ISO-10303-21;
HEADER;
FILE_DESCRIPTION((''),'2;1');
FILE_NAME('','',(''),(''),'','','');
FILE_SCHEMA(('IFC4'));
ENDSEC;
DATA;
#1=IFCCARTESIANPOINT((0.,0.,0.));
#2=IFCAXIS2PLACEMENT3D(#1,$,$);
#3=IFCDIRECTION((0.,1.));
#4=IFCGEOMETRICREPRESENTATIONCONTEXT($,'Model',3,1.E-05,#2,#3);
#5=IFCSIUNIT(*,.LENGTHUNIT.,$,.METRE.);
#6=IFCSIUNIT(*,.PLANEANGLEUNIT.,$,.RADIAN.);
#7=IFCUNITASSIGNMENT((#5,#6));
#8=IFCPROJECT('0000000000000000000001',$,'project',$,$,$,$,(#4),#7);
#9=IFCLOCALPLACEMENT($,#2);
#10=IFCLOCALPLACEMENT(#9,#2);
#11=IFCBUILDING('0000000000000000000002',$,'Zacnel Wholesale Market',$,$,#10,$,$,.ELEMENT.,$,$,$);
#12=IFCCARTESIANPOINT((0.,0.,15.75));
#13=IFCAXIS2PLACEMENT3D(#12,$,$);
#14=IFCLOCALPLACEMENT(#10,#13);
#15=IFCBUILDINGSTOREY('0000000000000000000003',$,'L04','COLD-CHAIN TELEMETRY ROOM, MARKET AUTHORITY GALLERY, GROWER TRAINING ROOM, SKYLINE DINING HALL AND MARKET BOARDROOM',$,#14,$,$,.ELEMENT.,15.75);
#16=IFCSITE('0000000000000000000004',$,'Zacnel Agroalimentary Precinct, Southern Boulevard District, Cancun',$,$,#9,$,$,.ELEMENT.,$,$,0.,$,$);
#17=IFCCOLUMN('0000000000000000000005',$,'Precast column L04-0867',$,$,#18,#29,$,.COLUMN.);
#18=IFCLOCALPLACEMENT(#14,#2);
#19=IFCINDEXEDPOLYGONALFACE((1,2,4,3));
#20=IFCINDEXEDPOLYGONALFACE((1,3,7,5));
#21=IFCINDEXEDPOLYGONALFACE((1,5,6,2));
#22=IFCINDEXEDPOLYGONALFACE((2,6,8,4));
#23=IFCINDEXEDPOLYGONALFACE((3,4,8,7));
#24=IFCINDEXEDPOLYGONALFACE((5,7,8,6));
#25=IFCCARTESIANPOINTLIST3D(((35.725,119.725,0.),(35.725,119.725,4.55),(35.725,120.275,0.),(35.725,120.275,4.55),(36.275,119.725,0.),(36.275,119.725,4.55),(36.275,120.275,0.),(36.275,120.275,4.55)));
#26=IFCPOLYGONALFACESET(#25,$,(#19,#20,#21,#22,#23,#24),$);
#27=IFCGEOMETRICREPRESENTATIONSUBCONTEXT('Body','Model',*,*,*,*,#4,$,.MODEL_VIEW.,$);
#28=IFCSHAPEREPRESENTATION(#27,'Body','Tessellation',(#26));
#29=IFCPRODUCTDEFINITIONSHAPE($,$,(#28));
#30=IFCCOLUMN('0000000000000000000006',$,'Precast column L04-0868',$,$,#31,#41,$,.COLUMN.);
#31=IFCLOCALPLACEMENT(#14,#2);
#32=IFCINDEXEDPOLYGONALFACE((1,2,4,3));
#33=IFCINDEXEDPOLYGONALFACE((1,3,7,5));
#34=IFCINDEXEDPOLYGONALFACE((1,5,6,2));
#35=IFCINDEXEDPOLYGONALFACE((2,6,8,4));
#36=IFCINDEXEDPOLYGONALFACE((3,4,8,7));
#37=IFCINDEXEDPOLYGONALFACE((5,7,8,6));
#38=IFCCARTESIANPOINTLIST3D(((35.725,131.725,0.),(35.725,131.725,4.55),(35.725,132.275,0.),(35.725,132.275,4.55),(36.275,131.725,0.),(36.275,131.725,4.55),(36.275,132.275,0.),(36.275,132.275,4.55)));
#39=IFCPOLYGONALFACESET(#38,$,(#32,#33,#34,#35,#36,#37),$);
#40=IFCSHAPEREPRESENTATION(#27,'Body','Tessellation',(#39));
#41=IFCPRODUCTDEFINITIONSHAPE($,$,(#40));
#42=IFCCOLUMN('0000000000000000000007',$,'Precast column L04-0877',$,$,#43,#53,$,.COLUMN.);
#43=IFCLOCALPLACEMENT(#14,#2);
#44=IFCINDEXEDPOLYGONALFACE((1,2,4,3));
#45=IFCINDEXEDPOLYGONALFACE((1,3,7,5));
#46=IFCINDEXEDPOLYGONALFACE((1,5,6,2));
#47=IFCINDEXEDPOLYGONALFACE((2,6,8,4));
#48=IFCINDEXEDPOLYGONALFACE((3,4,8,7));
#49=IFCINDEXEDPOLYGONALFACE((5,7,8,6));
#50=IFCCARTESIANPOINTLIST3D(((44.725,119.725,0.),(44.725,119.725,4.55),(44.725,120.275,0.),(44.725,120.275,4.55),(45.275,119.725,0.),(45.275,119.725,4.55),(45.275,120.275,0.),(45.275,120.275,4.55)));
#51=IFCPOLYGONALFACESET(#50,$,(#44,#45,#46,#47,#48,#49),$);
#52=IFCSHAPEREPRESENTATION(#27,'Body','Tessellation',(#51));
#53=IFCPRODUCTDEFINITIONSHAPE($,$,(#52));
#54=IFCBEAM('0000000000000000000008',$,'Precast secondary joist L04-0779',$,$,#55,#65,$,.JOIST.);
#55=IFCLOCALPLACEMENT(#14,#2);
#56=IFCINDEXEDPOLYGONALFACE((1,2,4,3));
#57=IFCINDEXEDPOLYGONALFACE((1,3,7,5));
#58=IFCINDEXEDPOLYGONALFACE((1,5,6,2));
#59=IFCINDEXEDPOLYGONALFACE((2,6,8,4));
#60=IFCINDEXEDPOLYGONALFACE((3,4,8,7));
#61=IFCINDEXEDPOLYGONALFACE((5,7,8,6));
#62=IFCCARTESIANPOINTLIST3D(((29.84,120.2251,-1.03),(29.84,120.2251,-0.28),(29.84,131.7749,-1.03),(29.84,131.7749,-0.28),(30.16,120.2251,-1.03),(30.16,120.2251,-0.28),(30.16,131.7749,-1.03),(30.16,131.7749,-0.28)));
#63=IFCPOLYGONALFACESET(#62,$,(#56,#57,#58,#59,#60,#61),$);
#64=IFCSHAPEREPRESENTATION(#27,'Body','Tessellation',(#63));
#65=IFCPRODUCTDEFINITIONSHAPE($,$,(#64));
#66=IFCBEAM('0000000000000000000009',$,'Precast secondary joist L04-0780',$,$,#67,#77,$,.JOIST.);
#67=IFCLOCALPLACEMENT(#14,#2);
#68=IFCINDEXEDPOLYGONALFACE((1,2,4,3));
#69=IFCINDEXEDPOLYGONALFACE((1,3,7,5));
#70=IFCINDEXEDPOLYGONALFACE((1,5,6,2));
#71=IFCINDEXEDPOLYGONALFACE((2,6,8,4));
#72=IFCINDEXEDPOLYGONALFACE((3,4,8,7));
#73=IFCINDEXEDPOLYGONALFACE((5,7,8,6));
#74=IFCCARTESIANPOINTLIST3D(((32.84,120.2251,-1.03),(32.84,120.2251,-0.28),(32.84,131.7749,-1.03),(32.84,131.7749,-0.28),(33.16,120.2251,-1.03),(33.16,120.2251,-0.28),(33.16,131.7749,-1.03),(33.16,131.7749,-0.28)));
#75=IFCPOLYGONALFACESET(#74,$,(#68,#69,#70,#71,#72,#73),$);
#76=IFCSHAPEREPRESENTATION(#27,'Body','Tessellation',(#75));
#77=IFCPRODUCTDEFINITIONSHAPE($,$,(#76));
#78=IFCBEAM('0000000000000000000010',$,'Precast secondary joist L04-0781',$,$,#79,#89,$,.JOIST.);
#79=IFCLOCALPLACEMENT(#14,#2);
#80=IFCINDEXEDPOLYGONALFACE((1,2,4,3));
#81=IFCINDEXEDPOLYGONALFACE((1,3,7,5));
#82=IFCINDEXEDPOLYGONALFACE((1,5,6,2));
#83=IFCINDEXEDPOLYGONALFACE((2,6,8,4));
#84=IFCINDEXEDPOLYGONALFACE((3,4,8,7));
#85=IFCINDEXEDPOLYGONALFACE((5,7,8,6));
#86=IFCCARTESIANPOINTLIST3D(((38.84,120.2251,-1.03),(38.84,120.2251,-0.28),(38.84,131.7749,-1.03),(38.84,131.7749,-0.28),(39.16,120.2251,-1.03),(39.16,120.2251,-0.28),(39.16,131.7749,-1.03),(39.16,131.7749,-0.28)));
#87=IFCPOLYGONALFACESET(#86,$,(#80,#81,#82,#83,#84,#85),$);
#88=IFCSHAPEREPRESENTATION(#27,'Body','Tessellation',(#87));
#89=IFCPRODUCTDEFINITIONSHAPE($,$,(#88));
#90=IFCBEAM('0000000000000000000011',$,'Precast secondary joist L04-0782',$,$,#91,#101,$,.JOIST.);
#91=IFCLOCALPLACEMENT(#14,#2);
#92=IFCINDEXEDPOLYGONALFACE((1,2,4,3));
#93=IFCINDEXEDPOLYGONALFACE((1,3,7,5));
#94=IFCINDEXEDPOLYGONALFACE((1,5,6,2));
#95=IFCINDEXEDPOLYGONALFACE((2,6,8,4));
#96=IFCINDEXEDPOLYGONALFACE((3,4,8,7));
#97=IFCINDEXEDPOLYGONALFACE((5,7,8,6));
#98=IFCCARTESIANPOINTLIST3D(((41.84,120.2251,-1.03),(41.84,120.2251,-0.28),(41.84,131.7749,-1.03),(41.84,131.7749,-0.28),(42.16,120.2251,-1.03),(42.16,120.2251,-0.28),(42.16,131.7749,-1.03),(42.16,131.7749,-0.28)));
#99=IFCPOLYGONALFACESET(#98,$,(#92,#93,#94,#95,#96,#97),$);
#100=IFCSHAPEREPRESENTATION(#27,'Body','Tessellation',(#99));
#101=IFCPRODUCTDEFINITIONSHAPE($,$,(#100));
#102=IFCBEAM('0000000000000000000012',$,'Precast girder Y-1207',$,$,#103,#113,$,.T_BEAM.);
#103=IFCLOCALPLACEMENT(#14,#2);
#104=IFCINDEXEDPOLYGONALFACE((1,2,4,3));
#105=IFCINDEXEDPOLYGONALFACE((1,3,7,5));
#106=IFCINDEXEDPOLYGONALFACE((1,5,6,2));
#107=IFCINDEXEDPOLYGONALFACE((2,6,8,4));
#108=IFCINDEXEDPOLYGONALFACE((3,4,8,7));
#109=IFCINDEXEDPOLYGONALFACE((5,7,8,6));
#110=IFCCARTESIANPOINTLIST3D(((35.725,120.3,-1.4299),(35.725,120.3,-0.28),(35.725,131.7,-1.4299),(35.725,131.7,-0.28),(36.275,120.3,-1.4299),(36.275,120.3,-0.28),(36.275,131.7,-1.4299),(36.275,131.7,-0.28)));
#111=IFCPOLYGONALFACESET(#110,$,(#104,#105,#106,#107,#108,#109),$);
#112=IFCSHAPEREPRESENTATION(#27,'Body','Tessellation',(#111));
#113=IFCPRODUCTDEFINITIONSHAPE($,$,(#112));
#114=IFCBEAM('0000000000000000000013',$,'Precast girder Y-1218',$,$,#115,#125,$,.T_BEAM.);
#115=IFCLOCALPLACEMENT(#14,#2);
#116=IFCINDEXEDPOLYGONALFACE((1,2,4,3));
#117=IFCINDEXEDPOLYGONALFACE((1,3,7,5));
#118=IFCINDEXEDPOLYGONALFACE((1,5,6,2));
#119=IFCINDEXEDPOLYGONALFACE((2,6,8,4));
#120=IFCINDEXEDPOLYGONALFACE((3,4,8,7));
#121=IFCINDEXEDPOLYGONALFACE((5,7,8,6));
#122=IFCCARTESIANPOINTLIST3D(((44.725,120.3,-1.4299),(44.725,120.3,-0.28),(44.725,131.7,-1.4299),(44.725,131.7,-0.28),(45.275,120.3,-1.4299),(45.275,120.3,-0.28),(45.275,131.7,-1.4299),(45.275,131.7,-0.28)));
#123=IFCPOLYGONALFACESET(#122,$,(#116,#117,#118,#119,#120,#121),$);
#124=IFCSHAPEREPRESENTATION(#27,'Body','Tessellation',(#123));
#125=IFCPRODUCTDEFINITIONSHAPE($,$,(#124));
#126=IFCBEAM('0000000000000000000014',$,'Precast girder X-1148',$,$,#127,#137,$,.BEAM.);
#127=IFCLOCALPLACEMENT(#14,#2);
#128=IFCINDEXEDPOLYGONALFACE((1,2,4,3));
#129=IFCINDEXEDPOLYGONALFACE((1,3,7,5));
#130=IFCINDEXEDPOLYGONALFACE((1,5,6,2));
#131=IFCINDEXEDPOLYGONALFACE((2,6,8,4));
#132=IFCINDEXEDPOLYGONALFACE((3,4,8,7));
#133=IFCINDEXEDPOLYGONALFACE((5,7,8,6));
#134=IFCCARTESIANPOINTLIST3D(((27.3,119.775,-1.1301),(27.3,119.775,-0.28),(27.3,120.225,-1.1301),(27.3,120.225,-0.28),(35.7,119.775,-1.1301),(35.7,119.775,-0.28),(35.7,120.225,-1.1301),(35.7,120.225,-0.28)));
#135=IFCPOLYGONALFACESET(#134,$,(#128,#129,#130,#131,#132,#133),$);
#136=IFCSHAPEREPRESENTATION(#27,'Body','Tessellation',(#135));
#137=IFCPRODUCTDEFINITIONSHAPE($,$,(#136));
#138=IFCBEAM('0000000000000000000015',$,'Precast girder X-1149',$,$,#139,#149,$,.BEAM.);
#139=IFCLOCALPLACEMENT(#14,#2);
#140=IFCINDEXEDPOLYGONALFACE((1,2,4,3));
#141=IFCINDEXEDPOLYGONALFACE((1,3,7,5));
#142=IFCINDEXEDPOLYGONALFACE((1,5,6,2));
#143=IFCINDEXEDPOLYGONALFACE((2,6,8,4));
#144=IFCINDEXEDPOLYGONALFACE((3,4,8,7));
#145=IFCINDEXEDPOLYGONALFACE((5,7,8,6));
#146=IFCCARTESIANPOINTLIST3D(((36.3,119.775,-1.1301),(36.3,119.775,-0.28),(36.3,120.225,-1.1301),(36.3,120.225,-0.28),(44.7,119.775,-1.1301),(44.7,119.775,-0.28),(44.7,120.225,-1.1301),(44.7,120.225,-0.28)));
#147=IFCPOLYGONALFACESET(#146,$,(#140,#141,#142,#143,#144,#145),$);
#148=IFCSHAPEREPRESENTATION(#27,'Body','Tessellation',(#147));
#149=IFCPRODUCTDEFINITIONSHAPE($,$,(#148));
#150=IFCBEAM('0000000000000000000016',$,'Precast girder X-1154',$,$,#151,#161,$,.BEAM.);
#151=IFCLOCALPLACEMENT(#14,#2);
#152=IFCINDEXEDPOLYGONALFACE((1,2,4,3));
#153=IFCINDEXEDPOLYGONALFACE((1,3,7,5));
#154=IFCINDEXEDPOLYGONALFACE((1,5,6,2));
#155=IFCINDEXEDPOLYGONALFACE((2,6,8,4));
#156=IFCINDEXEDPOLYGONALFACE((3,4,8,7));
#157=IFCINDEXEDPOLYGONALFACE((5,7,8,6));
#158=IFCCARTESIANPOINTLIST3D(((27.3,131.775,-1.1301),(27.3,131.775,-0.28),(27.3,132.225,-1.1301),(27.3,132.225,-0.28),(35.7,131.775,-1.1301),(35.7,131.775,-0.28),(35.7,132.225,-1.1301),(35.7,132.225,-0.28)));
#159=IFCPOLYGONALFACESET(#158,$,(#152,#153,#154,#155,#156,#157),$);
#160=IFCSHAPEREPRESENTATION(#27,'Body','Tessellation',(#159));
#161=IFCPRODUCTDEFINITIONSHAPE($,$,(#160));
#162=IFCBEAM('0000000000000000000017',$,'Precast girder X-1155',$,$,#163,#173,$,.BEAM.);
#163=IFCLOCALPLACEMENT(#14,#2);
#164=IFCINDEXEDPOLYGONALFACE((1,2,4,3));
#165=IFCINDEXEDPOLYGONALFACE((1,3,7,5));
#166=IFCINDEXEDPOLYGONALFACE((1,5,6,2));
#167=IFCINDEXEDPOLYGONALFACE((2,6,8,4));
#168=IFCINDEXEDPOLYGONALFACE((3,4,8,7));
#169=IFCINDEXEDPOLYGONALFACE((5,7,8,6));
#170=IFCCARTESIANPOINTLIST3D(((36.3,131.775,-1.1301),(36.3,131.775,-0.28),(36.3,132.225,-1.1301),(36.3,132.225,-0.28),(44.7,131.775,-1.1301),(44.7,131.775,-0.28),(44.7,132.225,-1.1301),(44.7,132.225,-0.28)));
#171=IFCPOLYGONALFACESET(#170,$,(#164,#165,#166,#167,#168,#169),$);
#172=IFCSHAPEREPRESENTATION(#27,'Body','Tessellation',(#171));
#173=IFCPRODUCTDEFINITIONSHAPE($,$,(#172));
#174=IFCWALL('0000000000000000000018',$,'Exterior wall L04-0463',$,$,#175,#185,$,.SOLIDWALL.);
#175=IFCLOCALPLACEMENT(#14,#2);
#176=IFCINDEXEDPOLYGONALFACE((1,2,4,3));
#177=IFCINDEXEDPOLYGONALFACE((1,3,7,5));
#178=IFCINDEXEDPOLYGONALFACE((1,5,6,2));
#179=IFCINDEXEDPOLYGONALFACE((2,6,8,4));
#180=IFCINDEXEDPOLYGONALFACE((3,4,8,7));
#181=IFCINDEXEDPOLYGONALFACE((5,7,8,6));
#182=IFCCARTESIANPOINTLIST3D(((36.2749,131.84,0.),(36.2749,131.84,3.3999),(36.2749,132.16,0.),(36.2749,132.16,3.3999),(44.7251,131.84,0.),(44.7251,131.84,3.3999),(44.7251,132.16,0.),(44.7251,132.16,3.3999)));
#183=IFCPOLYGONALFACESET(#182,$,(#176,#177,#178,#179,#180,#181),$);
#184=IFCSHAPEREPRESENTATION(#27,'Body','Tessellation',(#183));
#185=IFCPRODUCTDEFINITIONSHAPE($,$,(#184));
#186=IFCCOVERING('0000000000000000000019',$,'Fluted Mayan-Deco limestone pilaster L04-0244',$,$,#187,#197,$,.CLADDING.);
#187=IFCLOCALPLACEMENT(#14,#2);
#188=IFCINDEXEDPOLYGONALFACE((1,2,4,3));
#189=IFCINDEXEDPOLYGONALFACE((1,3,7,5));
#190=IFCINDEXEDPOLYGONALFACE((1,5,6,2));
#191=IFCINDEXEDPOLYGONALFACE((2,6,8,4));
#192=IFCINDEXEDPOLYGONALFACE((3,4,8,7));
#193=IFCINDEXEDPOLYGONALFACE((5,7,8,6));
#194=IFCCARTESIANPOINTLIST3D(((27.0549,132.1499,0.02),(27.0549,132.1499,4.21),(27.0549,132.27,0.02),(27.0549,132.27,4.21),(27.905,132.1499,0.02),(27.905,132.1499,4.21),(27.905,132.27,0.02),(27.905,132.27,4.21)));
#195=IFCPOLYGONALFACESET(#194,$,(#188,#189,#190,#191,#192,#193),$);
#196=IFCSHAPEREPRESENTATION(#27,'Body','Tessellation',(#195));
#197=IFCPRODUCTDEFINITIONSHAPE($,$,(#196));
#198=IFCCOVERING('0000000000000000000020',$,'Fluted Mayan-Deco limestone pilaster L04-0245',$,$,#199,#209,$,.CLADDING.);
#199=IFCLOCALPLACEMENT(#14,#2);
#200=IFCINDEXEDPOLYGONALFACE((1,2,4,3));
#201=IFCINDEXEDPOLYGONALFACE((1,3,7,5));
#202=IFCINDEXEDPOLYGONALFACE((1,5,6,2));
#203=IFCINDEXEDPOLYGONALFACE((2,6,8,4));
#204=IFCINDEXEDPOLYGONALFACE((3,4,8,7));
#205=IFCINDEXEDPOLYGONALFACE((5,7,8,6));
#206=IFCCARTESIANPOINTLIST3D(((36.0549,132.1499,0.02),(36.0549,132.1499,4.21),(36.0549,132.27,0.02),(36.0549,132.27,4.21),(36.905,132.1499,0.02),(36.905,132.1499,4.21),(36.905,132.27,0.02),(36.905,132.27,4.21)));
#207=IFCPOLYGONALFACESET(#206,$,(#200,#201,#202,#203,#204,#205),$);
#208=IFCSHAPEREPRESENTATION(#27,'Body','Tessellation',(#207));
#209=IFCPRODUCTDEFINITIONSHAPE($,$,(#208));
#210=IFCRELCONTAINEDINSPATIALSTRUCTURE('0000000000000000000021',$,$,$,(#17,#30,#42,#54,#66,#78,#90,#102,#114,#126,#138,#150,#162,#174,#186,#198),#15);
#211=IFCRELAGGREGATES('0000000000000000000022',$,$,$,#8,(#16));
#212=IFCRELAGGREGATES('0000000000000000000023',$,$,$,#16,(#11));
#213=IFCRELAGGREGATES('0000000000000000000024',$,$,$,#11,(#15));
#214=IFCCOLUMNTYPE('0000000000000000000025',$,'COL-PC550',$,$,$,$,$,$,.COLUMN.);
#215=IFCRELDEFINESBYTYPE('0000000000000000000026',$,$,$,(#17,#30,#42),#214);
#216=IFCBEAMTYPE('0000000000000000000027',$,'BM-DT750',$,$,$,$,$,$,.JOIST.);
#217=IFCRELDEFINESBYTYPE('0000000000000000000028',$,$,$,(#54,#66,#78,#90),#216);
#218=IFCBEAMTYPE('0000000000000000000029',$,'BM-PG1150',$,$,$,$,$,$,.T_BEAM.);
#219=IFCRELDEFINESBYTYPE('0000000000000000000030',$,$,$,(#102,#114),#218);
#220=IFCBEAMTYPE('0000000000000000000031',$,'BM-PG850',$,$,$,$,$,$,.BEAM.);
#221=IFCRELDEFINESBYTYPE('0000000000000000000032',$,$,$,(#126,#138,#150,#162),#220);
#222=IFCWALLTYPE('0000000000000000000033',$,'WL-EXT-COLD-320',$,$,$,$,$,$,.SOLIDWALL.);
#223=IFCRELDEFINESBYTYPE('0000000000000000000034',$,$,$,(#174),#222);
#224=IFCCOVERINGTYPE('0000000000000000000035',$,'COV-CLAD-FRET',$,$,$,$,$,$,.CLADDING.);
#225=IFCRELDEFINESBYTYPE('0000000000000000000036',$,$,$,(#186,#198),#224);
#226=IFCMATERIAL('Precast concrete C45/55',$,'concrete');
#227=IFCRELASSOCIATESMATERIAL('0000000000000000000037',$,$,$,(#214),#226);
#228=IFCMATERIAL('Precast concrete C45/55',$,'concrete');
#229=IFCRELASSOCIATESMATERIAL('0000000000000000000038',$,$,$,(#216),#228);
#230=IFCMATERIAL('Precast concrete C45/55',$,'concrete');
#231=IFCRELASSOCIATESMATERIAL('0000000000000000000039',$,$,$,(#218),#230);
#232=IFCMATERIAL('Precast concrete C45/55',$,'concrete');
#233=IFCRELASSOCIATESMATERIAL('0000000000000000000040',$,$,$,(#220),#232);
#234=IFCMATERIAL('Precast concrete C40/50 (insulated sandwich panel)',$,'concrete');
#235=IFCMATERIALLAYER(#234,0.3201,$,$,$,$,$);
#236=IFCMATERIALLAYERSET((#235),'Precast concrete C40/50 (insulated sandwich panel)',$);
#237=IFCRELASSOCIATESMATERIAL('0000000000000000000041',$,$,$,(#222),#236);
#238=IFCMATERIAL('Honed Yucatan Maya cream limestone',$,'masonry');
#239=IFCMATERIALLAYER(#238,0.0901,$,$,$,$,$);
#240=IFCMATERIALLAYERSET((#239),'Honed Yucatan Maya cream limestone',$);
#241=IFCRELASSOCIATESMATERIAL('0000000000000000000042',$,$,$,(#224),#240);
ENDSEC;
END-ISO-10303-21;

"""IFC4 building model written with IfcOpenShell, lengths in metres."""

from ifc_helpers import new_model, si_unit, direction, frame, frame_2d, origin, origin_2d, place, context, subcontext, project, spatial, rectangle, extrude, material, layer, layer_set, material_profile, profile_set, type_object, element, save


model = new_model("IFC4")

# Units and contexts
model_context = context("Model", 3, precision=1e-05, world=origin(), true_north=direction((0.0, 1.0)))
body_context = subcontext(model_context, "Body", "Model", "MODEL_VIEW")
ifc_project = project(units=[si_unit("LENGTHUNIT", "METRE"), si_unit("PLANEANGLEUNIT", "RADIAN")], contexts=[model_context])

# Site, building, storey
site_placement = place(None, origin())
site = spatial("IfcSite", under=ifc_project, at=site_placement, Name="Zacnel Agroalimentary Precinct, Southern Boulevard District, Cancun", CompositionType="ELEMENT", RefElevation=0.0)
building_placement = place(site_placement, origin())
building = spatial("IfcBuilding", under=site, at=building_placement, Name="Zacnel Wholesale Market", CompositionType="ELEMENT")
storey_placement = place(building_placement, frame((0.0, 0.0, 15.75)))
storey = spatial("IfcBuildingStorey", under=building, at=storey_placement, Name="L04", Description="COLD-CHAIN TELEMETRY ROOM, MARKET AUTHORITY GALLERY, GROWER TRAINING ROOM, SKYLINE DINING HALL AND MARKET BOARDROOM", CompositionType="ELEMENT", Elevation=15.75)

# Columns
ifc_material_1 = material(Name="Precast concrete C45/55", Category="concrete")
ifc_material_profile_1 = material_profile(ifc_material_1, rectangle(XDim=0.55, YDim=0.55, at=origin_2d()), Name="PC 550x550")
ifc_profile_set_1 = profile_set([ifc_material_profile_1], Name="Precast concrete C45/55")
column_type = type_object("IfcColumnType", Name="COL-PC550", PredefinedType="COLUMN", material=ifc_profile_set_1)
for number, where, z_axis, x_axis, name in (
    (1, (36.0, 120.0, 0.0), (0.0, 0.0, 1.0), (1.0, 0.0, 0.0), "Precast column L04-0867"),
    (2, (36.0, 132.0, 0.0), (0.0, 0.0, 1.0), (1.0, 0.0, 0.0), "Precast column L04-0868"),
    (3, (45.0, 120.0, 0.0), (0.0, 0.0, 1.0), (1.0, 0.0, 0.0), "Precast column L04-0877"),
):
    element("IfcColumn", number, at=place(storey_placement, frame(where, z_axis=z_axis, x_axis=x_axis)), inside=storey, type_object=column_type, Name=name, PredefinedType="COLUMN", context=body_context, shape_type="SweptSolid", body=[
        extrude(rectangle(XDim=0.55, YDim=0.55, at=origin_2d()), origin(), (0.0, 0.0, 1.0), 4.55),
    ])

# Beams
ifc_material_2 = material(Name="Precast concrete C45/55", Category="concrete")
ifc_material_profile_2 = material_profile(ifc_material_2, rectangle(XDim=0.3201, YDim=0.75, at=origin_2d()), Name="DT RIB 320x750")
ifc_profile_set_2 = profile_set([ifc_material_profile_2], Name="Precast concrete C45/55")
beam_type_1 = type_object("IfcBeamType", Name="BM-DT750", PredefinedType="JOIST", material=ifc_profile_set_2)
for number, where, z_axis, x_axis, name in (
    (4, (30.0, 120.2251, -0.655), (0.0, 1.0, 0.0), (-1.0, 0.0, 0.0), "Precast secondary joist L04-0779"),
    (5, (33.0, 120.2251, -0.655), (0.0, 1.0, 0.0), (-1.0, 0.0, 0.0), "Precast secondary joist L04-0780"),
    (6, (39.0, 120.2251, -0.655), (0.0, 1.0, 0.0), (-1.0, 0.0, 0.0), "Precast secondary joist L04-0781"),
    (7, (42.0, 120.2251, -0.655), (0.0, 1.0, 0.0), (-1.0, 0.0, 0.0), "Precast secondary joist L04-0782"),
):
    element("IfcBeam", number, at=place(storey_placement, frame(where, z_axis=z_axis, x_axis=x_axis)), inside=storey, type_object=beam_type_1, Name=name, PredefinedType="JOIST", context=body_context, shape_type="SweptSolid", body=[
        extrude(rectangle(XDim=0.3201, YDim=0.75, at=origin_2d()), origin(), (0.0, 0.0, 1.0), 11.5498),
    ])
ifc_material_3 = material(Name="Precast concrete C45/55", Category="concrete")
ifc_material_profile_3 = material_profile(ifc_material_3, rectangle(XDim=0.55, YDim=1.1499, at=origin_2d()), Name="PG 550x1150")
ifc_profile_set_3 = profile_set([ifc_material_profile_3], Name="Precast concrete C45/55")
beam_type_2 = type_object("IfcBeamType", Name="BM-PG1150", PredefinedType="T_BEAM", material=ifc_profile_set_3)
for number, where, z_axis, x_axis, name in (
    (8, (36.0, 120.3, -0.855), (0.0, 1.0, 0.0), (-1.0, 0.0, 0.0), "Precast girder Y-1207"),
    (9, (45.0, 120.3, -0.855), (0.0, 1.0, 0.0), (-1.0, 0.0, 0.0), "Precast girder Y-1218"),
):
    element("IfcBeam", number, at=place(storey_placement, frame(where, z_axis=z_axis, x_axis=x_axis)), inside=storey, type_object=beam_type_2, Name=name, PredefinedType="T_BEAM", context=body_context, shape_type="SweptSolid", body=[
        extrude(rectangle(XDim=0.55, YDim=1.1499, at=origin_2d()), origin(), (0.0, 0.0, 1.0), 11.3999),
    ])
ifc_material_4 = material(Name="Precast concrete C45/55", Category="concrete")
ifc_material_profile_4 = material_profile(ifc_material_4, rectangle(XDim=0.45, YDim=0.8501, at=origin_2d()), Name="PG 450x850")
ifc_profile_set_4 = profile_set([ifc_material_profile_4], Name="Precast concrete C45/55")
beam_type_3 = type_object("IfcBeamType", Name="BM-PG850", PredefinedType="BEAM", material=ifc_profile_set_4)
for number, where, z_axis, x_axis, name in (
    (10, (27.3, 120.0, -0.7051), (1.0, 0.0, 0.0), (0.0, 1.0, 0.0), "Precast girder X-1148"),
    (11, (36.3, 120.0, -0.7051), (1.0, 0.0, 0.0), (0.0, 1.0, 0.0), "Precast girder X-1149"),
    (12, (27.3, 132.0, -0.7051), (1.0, 0.0, 0.0), (0.0, 1.0, 0.0), "Precast girder X-1154"),
    (13, (36.3, 132.0, -0.7051), (1.0, 0.0, 0.0), (0.0, 1.0, 0.0), "Precast girder X-1155"),
):
    element("IfcBeam", number, at=place(storey_placement, frame(where, z_axis=z_axis, x_axis=x_axis)), inside=storey, type_object=beam_type_3, Name=name, PredefinedType="BEAM", context=body_context, shape_type="SweptSolid", body=[
        extrude(rectangle(XDim=0.45, YDim=0.8501, at=origin_2d()), origin(), (0.0, 0.0, 1.0), 8.3999),
    ])

# Wall
ifc_material_5 = material(Name="Precast concrete C40/50 (insulated sandwich panel)", Category="concrete")
ifc_layer_1 = layer(ifc_material_5, 0.3201)
ifc_layer_set_1 = layer_set([ifc_layer_1], Name="Precast concrete C40/50 (insulated sandwich panel)")
wall_type = type_object("IfcWallType", Name="WL-EXT-COLD-320", PredefinedType="SOLIDWALL", material=ifc_layer_set_1)
wall_placement = place(storey_placement, frame((36.2749, 132.0, 0.0), z_axis=(0.0, 0.0, 1.0), x_axis=(1.0, 0.0, 0.0)))
element("IfcWall", 14, at=wall_placement, inside=storey, type_object=wall_type, Name="Exterior wall L04-0463", PredefinedType="SOLIDWALL", context=body_context, shape_type="SweptSolid", body=[
    extrude(rectangle(XDim=8.4502, YDim=0.3201, at=frame_2d((4.2251, 0.0))), origin(), (0.0, 0.0, 1.0), 3.3999),
])

# Coverings
ifc_material_6 = material(Name="Honed Yucatan Maya cream limestone", Category="masonry")
ifc_layer_2 = layer(ifc_material_6, 0.0901)
ifc_layer_set_2 = layer_set([ifc_layer_2], Name="Honed Yucatan Maya cream limestone")
covering_type = type_object("IfcCoveringType", Name="COV-CLAD-FRET", PredefinedType="CLADDING", material=ifc_layer_set_2)
for number, where, z_axis, x_axis, name in (
    (15, (27.48, 132.21, 0.02), (0.0, 0.0, 1.0), (1.0, 0.0, 0.0), "Fluted Mayan-Deco limestone pilaster L04-0244"),
    (16, (36.48, 132.21, 0.02), (0.0, 0.0, 1.0), (1.0, 0.0, 0.0), "Fluted Mayan-Deco limestone pilaster L04-0245"),
):
    element("IfcCovering", number, at=place(storey_placement, frame(where, z_axis=z_axis, x_axis=x_axis)), inside=storey, type_object=covering_type, Name=name, PredefinedType="CLADDING", context=body_context, shape_type="SweptSolid", body=[
        extrude(rectangle(XDim=0.8501, YDim=0.1201, at=origin_2d()), origin(), (0.0, 0.0, 1.0), 4.1899),
    ])

save(model, "model.ifc")
